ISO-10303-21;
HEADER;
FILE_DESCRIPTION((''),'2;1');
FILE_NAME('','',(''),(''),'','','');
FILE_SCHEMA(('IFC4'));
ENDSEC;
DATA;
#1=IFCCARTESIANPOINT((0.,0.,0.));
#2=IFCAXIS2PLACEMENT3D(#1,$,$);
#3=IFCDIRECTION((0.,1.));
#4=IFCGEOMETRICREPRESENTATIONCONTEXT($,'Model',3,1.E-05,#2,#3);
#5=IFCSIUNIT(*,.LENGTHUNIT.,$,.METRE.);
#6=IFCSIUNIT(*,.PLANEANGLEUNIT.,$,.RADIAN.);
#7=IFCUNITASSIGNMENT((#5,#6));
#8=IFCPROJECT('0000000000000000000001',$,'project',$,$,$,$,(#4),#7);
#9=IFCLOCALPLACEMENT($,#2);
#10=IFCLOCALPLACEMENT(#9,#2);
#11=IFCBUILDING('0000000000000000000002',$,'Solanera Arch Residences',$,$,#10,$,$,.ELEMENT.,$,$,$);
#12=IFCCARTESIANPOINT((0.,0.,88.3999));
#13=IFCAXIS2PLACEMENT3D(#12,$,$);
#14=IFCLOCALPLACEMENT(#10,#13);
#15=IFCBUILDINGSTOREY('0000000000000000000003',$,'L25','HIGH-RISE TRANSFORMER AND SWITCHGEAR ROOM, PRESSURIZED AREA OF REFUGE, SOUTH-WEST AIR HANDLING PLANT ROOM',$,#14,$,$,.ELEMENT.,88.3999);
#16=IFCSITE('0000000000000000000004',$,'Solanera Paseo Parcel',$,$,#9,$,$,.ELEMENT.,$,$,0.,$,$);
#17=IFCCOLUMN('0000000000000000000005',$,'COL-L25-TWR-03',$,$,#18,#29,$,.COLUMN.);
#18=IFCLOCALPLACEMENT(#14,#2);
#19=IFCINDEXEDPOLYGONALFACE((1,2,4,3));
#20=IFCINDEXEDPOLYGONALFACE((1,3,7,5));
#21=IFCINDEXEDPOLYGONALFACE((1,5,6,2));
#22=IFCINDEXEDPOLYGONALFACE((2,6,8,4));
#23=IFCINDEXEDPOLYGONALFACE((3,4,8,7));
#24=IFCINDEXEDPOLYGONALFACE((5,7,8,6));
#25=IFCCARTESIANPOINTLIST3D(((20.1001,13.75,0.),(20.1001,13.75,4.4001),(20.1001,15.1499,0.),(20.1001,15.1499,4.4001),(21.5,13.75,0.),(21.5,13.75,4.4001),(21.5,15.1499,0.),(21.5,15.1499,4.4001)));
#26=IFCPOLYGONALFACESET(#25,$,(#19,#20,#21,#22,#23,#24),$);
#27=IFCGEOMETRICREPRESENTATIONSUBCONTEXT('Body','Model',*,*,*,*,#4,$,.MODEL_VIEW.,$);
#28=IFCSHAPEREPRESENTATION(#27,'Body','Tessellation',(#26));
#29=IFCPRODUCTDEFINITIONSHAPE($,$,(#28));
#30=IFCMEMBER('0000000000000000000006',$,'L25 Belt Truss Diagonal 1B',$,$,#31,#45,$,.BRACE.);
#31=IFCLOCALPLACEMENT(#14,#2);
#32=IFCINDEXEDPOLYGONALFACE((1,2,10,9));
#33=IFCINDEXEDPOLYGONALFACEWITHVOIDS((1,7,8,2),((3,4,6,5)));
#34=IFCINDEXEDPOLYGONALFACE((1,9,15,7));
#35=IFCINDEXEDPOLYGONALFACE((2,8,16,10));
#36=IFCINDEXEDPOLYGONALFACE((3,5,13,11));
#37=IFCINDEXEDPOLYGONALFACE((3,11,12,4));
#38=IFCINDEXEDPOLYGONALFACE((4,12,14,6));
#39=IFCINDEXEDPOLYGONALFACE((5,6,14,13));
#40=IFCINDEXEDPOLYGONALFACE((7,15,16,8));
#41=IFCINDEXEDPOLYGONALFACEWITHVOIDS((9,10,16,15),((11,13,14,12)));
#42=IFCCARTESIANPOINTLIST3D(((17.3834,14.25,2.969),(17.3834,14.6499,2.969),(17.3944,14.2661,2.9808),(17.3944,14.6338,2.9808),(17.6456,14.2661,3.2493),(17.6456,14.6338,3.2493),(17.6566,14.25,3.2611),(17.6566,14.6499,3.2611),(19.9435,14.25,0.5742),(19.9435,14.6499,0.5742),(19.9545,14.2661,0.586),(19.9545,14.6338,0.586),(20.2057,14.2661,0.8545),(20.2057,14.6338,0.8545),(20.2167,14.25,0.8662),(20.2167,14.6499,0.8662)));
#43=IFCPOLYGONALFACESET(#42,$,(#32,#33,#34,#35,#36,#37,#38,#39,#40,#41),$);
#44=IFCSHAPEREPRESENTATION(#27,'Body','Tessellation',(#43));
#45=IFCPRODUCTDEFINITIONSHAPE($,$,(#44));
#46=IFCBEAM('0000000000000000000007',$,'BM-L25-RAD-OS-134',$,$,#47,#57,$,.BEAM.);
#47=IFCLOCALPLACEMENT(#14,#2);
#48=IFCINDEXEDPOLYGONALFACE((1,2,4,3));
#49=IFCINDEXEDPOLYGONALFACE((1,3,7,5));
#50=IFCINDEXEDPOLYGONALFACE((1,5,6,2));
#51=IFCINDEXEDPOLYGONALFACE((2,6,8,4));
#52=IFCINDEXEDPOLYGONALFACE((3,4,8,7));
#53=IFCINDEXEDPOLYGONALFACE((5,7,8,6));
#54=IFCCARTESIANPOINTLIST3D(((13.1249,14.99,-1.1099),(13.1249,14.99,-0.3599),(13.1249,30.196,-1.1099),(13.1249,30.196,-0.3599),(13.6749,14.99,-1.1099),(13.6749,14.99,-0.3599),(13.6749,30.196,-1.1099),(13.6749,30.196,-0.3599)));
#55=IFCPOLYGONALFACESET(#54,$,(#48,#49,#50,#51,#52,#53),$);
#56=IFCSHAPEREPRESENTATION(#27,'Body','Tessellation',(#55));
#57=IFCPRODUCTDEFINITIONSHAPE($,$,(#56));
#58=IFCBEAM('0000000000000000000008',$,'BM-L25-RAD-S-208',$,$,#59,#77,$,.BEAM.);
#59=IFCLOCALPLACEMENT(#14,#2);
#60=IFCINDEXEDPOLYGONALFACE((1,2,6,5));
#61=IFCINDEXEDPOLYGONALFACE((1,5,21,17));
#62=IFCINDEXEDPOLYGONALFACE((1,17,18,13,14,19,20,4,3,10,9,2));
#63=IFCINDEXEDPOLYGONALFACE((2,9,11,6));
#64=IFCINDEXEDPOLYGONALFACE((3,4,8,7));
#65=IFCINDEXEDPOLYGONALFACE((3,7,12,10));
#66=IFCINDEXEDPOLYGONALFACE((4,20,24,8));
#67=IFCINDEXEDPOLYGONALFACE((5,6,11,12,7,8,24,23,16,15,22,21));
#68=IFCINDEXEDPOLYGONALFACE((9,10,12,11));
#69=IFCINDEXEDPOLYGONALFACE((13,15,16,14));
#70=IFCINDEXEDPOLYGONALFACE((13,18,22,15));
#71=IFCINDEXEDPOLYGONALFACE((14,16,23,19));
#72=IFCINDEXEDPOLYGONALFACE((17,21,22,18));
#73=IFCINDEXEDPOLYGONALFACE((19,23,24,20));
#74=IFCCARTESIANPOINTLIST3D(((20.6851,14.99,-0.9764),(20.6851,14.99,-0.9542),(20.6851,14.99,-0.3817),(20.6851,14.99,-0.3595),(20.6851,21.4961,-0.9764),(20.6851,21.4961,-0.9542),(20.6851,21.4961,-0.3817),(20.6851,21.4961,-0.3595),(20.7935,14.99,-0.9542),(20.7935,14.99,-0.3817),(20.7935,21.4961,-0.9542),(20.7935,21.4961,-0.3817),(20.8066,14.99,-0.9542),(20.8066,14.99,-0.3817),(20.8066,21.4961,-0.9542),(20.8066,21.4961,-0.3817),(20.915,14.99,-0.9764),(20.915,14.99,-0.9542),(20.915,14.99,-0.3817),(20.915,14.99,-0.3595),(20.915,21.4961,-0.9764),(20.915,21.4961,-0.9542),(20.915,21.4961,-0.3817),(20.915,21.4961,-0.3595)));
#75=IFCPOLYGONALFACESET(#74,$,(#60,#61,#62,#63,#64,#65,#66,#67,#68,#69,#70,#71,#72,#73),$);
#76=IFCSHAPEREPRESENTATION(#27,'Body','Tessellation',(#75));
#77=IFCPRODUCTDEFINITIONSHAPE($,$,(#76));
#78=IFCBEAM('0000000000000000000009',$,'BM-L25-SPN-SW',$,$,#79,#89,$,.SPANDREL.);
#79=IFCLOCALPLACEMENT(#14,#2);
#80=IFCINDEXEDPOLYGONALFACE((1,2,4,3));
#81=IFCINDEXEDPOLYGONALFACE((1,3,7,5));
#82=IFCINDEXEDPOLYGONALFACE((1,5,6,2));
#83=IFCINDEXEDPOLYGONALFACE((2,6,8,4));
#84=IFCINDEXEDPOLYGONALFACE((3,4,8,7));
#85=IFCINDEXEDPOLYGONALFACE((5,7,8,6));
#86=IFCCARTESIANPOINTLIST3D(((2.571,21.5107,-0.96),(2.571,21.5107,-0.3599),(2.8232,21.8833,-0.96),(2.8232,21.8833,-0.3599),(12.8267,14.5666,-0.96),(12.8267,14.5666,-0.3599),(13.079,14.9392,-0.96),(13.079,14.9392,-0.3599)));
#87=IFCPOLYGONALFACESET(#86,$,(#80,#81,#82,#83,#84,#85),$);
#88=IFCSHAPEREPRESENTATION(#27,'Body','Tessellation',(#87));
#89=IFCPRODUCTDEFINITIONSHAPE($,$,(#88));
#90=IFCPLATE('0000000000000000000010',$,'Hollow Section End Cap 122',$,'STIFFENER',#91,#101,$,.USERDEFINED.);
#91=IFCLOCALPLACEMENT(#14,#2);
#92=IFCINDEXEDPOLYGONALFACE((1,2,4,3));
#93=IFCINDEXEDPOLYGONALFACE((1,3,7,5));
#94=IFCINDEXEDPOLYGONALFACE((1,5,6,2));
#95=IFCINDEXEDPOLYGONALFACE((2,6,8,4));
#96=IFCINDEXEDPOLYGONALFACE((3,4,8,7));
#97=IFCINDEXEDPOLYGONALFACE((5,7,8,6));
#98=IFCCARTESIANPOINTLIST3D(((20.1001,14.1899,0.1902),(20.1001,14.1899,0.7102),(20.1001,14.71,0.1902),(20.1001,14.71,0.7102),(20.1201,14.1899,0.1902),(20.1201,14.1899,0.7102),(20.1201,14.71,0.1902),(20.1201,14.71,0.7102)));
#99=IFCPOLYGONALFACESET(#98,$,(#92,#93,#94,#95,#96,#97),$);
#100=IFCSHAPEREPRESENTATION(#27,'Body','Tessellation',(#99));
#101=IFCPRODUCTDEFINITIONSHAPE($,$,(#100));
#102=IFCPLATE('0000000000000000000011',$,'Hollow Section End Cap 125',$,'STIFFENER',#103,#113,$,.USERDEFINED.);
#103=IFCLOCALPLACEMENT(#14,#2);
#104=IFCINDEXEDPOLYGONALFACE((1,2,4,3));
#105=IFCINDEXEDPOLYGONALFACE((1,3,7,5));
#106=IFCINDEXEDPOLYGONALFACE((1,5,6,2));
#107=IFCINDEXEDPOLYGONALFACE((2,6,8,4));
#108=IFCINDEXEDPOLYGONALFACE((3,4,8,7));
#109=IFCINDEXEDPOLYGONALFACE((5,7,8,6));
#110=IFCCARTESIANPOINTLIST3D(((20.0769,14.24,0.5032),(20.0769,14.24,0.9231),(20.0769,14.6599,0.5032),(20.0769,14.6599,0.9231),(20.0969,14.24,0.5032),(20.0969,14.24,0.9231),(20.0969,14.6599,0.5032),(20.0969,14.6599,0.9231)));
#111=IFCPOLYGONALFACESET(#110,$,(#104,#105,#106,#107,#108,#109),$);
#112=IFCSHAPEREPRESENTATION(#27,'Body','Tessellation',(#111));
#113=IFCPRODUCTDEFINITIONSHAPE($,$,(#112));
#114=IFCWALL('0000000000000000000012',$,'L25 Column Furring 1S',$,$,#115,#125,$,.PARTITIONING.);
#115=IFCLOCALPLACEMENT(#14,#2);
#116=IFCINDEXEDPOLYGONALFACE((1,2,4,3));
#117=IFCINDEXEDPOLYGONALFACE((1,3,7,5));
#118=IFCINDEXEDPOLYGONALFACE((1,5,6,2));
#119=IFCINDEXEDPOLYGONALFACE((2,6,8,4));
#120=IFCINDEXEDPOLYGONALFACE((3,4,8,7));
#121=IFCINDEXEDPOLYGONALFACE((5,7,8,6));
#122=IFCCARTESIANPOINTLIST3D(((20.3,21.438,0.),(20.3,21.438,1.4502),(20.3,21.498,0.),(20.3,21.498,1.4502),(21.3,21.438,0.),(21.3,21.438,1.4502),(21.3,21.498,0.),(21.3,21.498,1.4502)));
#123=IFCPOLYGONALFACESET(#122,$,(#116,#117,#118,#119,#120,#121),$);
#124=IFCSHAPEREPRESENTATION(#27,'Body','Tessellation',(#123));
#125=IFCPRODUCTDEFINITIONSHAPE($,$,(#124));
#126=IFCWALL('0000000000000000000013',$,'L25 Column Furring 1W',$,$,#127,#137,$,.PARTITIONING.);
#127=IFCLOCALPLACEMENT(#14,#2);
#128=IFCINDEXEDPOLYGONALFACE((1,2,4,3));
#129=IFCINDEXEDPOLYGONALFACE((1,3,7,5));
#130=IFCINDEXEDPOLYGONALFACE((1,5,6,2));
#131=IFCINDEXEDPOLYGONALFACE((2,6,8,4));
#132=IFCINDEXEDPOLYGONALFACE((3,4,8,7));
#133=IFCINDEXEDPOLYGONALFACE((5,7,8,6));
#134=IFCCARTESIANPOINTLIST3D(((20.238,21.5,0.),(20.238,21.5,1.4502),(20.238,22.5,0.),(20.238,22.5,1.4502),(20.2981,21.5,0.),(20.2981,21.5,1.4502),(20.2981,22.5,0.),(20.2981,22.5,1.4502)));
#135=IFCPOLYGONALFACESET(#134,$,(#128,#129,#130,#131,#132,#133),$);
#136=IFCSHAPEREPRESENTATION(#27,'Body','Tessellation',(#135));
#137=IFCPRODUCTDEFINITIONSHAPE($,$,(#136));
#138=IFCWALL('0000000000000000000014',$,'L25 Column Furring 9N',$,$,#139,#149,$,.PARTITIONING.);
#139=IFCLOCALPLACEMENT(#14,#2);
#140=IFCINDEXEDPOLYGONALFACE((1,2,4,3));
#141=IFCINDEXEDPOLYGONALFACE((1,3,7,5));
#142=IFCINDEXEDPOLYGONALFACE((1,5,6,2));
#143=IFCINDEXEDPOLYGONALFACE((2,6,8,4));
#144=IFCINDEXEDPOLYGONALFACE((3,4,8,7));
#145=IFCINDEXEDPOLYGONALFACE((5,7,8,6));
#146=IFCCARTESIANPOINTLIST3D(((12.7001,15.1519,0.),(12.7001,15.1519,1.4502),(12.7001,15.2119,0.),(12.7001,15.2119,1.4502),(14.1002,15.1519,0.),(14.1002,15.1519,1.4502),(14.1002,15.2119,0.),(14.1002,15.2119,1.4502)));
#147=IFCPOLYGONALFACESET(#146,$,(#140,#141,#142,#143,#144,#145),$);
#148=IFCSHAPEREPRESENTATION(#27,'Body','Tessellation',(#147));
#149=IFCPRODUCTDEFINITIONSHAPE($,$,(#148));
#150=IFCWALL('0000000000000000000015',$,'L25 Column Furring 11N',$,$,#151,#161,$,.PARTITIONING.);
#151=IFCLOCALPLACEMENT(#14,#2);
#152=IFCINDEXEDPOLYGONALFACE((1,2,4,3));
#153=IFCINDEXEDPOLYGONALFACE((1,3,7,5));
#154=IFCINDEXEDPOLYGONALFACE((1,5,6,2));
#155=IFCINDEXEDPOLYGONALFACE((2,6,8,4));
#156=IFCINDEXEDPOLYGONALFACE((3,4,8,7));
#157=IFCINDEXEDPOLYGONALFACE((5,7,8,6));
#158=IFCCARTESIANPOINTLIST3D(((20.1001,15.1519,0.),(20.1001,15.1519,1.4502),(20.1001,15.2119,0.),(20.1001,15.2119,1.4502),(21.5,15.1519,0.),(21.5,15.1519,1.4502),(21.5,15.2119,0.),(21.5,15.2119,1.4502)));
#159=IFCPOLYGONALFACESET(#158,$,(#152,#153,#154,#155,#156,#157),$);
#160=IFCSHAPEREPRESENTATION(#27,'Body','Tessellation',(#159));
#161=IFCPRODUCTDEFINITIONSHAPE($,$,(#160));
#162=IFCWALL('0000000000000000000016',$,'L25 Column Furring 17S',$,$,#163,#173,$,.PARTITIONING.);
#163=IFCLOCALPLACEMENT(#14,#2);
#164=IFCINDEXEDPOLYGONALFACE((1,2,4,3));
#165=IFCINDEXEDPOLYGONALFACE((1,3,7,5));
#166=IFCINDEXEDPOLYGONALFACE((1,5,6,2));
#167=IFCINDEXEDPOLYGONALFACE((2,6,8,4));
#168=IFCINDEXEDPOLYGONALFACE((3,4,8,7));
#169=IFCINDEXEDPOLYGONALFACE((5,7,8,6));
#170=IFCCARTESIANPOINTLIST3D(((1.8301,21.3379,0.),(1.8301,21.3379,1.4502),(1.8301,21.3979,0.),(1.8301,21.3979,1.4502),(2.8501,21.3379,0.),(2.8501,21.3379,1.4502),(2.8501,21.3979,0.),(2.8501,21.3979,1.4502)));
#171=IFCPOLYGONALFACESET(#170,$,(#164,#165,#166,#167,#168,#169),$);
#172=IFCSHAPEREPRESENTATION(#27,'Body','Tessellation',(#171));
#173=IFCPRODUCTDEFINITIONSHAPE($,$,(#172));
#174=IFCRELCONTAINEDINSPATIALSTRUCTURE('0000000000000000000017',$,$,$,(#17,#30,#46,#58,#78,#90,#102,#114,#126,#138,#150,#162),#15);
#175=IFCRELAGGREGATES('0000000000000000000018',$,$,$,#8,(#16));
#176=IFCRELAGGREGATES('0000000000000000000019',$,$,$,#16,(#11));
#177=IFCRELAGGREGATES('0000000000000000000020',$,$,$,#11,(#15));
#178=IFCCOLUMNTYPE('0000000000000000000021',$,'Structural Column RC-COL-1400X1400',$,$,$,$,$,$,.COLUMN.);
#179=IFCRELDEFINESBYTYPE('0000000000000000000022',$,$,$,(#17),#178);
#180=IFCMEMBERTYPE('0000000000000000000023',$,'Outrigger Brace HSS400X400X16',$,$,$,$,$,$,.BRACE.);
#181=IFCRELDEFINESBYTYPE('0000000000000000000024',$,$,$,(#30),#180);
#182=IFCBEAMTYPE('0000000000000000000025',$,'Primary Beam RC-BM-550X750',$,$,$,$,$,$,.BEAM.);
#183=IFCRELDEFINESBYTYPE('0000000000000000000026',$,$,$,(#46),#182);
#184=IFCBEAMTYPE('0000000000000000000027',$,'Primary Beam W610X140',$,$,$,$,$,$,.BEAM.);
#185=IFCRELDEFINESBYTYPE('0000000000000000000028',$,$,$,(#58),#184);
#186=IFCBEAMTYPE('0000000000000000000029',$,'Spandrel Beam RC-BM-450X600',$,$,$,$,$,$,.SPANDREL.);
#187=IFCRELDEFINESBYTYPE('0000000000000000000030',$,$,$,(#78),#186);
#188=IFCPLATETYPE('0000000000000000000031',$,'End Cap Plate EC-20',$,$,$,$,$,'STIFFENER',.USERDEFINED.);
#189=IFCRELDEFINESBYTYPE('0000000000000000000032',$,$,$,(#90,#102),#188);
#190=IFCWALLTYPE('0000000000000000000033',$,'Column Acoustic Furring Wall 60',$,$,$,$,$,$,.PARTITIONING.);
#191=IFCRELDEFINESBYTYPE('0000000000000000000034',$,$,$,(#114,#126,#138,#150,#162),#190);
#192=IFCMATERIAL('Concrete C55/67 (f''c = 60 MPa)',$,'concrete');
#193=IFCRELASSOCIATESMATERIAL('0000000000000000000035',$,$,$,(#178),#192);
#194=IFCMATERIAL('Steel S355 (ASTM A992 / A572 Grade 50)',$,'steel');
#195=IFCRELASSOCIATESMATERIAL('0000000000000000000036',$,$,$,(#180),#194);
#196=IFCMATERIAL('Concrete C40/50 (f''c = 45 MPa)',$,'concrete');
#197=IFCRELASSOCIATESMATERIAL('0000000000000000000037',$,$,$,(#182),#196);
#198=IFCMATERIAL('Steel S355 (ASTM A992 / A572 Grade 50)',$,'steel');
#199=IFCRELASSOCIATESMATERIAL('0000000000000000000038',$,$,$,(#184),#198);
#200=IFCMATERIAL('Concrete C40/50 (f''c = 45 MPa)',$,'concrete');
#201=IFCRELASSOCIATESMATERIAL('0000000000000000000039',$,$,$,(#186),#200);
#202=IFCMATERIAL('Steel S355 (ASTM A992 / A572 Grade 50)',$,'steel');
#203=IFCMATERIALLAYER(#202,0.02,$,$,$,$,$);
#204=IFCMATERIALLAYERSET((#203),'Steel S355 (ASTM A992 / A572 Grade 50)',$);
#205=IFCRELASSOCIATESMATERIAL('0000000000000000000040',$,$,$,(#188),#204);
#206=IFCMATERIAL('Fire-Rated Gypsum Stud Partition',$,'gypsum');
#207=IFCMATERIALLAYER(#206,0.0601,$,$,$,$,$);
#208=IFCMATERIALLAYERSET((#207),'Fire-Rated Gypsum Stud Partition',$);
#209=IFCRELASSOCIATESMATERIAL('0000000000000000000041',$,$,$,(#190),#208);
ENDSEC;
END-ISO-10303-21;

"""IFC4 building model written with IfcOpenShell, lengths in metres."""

from ifc_helpers import new_model, si_unit, direction, frame, frame_2d, origin, origin_2d, place, context, subcontext, project, spatial, rectangle, hollow_rectangle, i_section, extrude, material, layer, layer_set, material_profile, profile_set, type_object, element, save


model = new_model("IFC4")

# Units and contexts
model_context = context("Model", 3, precision=1e-05, world=origin(), true_north=direction((0.0, 1.0)))
body_context = subcontext(model_context, "Body", "Model", "MODEL_VIEW")
ifc_project = project(units=[si_unit("LENGTHUNIT", "METRE"), si_unit("PLANEANGLEUNIT", "RADIAN")], contexts=[model_context])

# Site, building, storey
site_placement = place(None, origin())
site = spatial("IfcSite", under=ifc_project, at=site_placement, Name="Solanera Paseo Parcel", CompositionType="ELEMENT", RefElevation=0.0)
building_placement = place(site_placement, origin())
building = spatial("IfcBuilding", under=site, at=building_placement, Name="Solanera Arch Residences", CompositionType="ELEMENT")
storey_placement = place(building_placement, frame((0.0, 0.0, 88.3999)))
storey = spatial("IfcBuildingStorey", under=building, at=storey_placement, Name="L25", Description="HIGH-RISE TRANSFORMER AND SWITCHGEAR ROOM, PRESSURIZED AREA OF REFUGE, SOUTH-WEST AIR HANDLING PLANT ROOM", CompositionType="ELEMENT", Elevation=88.3999)

# Column
ifc_material_1 = material(Name="Concrete C55/67 (f'c = 60 MPa)", Category="concrete")
ifc_material_profile_1 = material_profile(ifc_material_1, rectangle(XDim=1.3999, YDim=1.3999, at=origin_2d()))
ifc_profile_set_1 = profile_set([ifc_material_profile_1], Name="Concrete C55/67 (f'c = 60 MPa)")
column_type = type_object("IfcColumnType", Name="Structural Column RC-COL-1400X1400", PredefinedType="COLUMN", material=ifc_profile_set_1)
column_placement = place(storey_placement, frame((20.8, 14.45, 0.0), z_axis=(0.0, 0.0, 1.0), x_axis=(1.0, 0.0, 0.0)))
element("IfcColumn", 1, at=column_placement, inside=storey, type_object=column_type, Name="COL-L25-TWR-03", PredefinedType="COLUMN", context=body_context, shape_type="SweptSolid", body=[
    extrude(rectangle(XDim=1.3999, YDim=1.3999, at=origin_2d()), origin(), (0.0, 0.0, 1.0), 4.4001),
])

# Member
ifc_material_2 = material(Name="Steel S355 (ASTM A992 / A572 Grade 50)", Category="steel")
ifc_material_profile_2 = material_profile(ifc_material_2, hollow_rectangle(XDim=0.3999, YDim=0.3999, WallThickness=0.0161, at=origin_2d()))
ifc_profile_set_2 = profile_set([ifc_material_profile_2], Name="Steel S355 (ASTM A992 / A572 Grade 50)")
member_type = type_object("IfcMemberType", Name="Outrigger Brace HSS400X400X16", PredefinedType="BRACE", material=ifc_profile_set_2)
member_placement = place(storey_placement, frame((20.0801, 14.45, 0.7202), z_axis=(-0.730288, 0.0, 0.683139), x_axis=(0.0, -1.0, 0.0)))
element("IfcMember", 2, at=member_placement, inside=storey, type_object=member_type, Name="L25 Belt Truss Diagonal 1B", PredefinedType="BRACE", context=body_context, shape_type="SweptSolid", body=[
    extrude(hollow_rectangle(XDim=0.3999, YDim=0.3999, WallThickness=0.0161, at=origin_2d()), origin(), (0.0, 0.0, 1.0), 3.5056),
])

# Beams
ifc_material_3 = material(Name="Concrete C40/50 (f'c = 45 MPa)", Category="concrete")
ifc_material_profile_3 = material_profile(ifc_material_3, rectangle(XDim=0.55, YDim=0.75, at=origin_2d()))
ifc_profile_set_3 = profile_set([ifc_material_profile_3], Name="Concrete C40/50 (f'c = 45 MPa)")
beam_type_1 = type_object("IfcBeamType", Name="Primary Beam RC-BM-550X750", PredefinedType="BEAM", material=ifc_profile_set_3)
beam_1_placement = place(storey_placement, frame((13.3999, 14.99, -0.7349), z_axis=(0.0, 1.0, 0.0), x_axis=(-1.0, 0.0, 0.0)))
element("IfcBeam", 3, at=beam_1_placement, inside=storey, type_object=beam_type_1, Name="BM-L25-RAD-OS-134", PredefinedType="BEAM", context=body_context, shape_type="SweptSolid", body=[
    extrude(rectangle(XDim=0.55, YDim=0.75, at=origin_2d()), origin(), (0.0, 0.0, 1.0), 15.2061),
])
ifc_material_4 = material(Name="Steel S355 (ASTM A992 / A572 Grade 50)", Category="steel")
ifc_material_profile_4 = material_profile(ifc_material_4, i_section(OverallWidth=0.23, OverallDepth=0.6169, WebThickness=0.0132, FlangeThickness=0.0222, at=origin_2d()))
ifc_profile_set_4 = profile_set([ifc_material_profile_4], Name="Steel S355 (ASTM A992 / A572 Grade 50)")
beam_type_2 = type_object("IfcBeamType", Name="Primary Beam W610X140", PredefinedType="BEAM", material=ifc_profile_set_4)
beam_2_placement = place(storey_placement, frame((20.8, 14.99, -0.668), z_axis=(0.0, 1.0, 0.0), x_axis=(-1.0, 0.0, 0.0)))
element("IfcBeam", 4, at=beam_2_placement, inside=storey, type_object=beam_type_2, Name="BM-L25-RAD-S-208", PredefinedType="BEAM", context=body_context, shape_type="SweptSolid", body=[
    extrude(i_section(OverallWidth=0.23, OverallDepth=0.6169, WebThickness=0.0132, FlangeThickness=0.0222, at=origin_2d()), origin(), (0.0, 0.0, 1.0), 6.5061),
])
ifc_material_5 = material(Name="Concrete C40/50 (f'c = 45 MPa)", Category="concrete")
ifc_material_profile_5 = material_profile(ifc_material_5, rectangle(XDim=0.45, YDim=0.6001, at=origin_2d()))
ifc_profile_set_5 = profile_set([ifc_material_profile_5], Name="Concrete C40/50 (f'c = 45 MPa)")
beam_type_3 = type_object("IfcBeamType", Name="Spandrel Beam RC-BM-450X600", PredefinedType="SPANDREL", material=ifc_profile_set_5)
beam_3_placement = place(storey_placement, frame((12.9529, 14.7529, -0.6599), z_axis=(-0.828047, 0.560659, 0.0), x_axis=(-0.560659, -0.828047, 0.0)))
element("IfcBeam", 5, at=beam_3_placement, inside=storey, type_object=beam_type_3, Name="BM-L25-SPN-SW", PredefinedType="SPANDREL", context=body_context, shape_type="SweptSolid", body=[
    extrude(rectangle(XDim=0.45, YDim=0.6001, at=origin_2d()), origin(), (0.0, 0.0, 1.0), 12.3855),
])

# Plates
ifc_material_6 = material(Name="Steel S355 (ASTM A992 / A572 Grade 50)", Category="steel")
ifc_layer_1 = layer(ifc_material_6, 0.02)
ifc_layer_set_1 = layer_set([ifc_layer_1], Name="Steel S355 (ASTM A992 / A572 Grade 50)")
plate_type = type_object("IfcPlateType", Name="End Cap Plate EC-20", ElementType="STIFFENER", PredefinedType="USERDEFINED", material=ifc_layer_set_1)
plate_1_placement = place(storey_placement, frame((20.1101, 14.45, 0.1902), z_axis=(0.0, 0.0, 1.0), x_axis=(1.0, 0.0, 0.0)))
element("IfcPlate", 6, at=plate_1_placement, inside=storey, type_object=plate_type, Name="Hollow Section End Cap 122", ObjectType="STIFFENER", PredefinedType="USERDEFINED", context=body_context, shape_type="SweptSolid", body=[
    extrude(rectangle(XDim=0.02, YDim=0.52, at=origin_2d()), origin(), (0.0, 0.0, 1.0), 0.52),
])
plate_2_placement = place(storey_placement, frame((20.0869, 14.45, 0.5032), z_axis=(0.0, 0.0, 1.0), x_axis=(1.0, 0.0, 0.0)))
element("IfcPlate", 7, at=plate_2_placement, inside=storey, type_object=plate_type, Name="Hollow Section End Cap 125", ObjectType="STIFFENER", PredefinedType="USERDEFINED", context=body_context, shape_type="SweptSolid", body=[
    extrude(rectangle(XDim=0.02, YDim=0.4199, at=origin_2d()), origin(), (0.0, 0.0, 1.0), 0.4199),
])

# Walls
ifc_material_7 = material(Name="Fire-Rated Gypsum Stud Partition", Category="gypsum")
ifc_layer_2 = layer(ifc_material_7, 0.0601)
ifc_layer_set_2 = layer_set([ifc_layer_2], Name="Fire-Rated Gypsum Stud Partition")
wall_type_1 = type_object("IfcWallType", Name="Column Acoustic Furring Wall 60", PredefinedType="PARTITIONING", material=ifc_layer_set_2)
for number, where, z_axis, x_axis, name in (
    (8, (20.3, 21.468, 0.0), (0.0, 0.0, 1.0), (1.0, 0.0, 0.0), "L25 Column Furring 1S"),
    (9, (20.2681, 21.5, 0.0), (0.0, 0.0, 1.0), (0.0, 1.0, 0.0), "L25 Column Furring 1W"),
):
    element("IfcWall", number, at=place(storey_placement, frame(where, z_axis=z_axis, x_axis=x_axis)), inside=storey, type_object=wall_type_1, Name=name, PredefinedType="PARTITIONING", context=body_context, shape_type="SweptSolid", body=[
        extrude(rectangle(XDim=1.0, YDim=0.0601, at=frame_2d((0.5, 0.0))), origin(), (0.0, 0.0, 1.0), 1.4502),
    ])
wall_1_placement = place(storey_placement, frame((12.7, 15.1819, 0.0), z_axis=(0.0, 0.0, 1.0), x_axis=(1.0, 0.0, 0.0)))
element("IfcWall", 10, at=wall_1_placement, inside=storey, type_object=wall_type_1, Name="L25 Column Furring 9N", PredefinedType="PARTITIONING", context=body_context, shape_type="SweptSolid", body=[
    extrude(rectangle(XDim=1.4001, YDim=0.0601, at=frame_2d((0.7002, 0.0))), origin(), (0.0, 0.0, 1.0), 1.4502),
])
wall_2_placement = place(storey_placement, frame((20.1001, 15.1819, 0.0), z_axis=(0.0, 0.0, 1.0), x_axis=(1.0, 0.0, 0.0)))
element("IfcWall", 11, at=wall_2_placement, inside=storey, type_object=wall_type_1, Name="L25 Column Furring 11N", PredefinedType="PARTITIONING", context=body_context, shape_type="SweptSolid", body=[
    extrude(rectangle(XDim=1.3999, YDim=0.0601, at=frame_2d((0.7, 0.0))), origin(), (0.0, 0.0, 1.0), 1.4502),
])
wall_3_placement = place(storey_placement, frame((1.8301, 21.3679, 0.0), z_axis=(0.0, 0.0, 1.0), x_axis=(1.0, 0.0, 0.0)))
element("IfcWall", 12, at=wall_3_placement, inside=storey, type_object=wall_type_1, Name="L25 Column Furring 17S", PredefinedType="PARTITIONING", context=body_context, shape_type="SweptSolid", body=[
    extrude(rectangle(XDim=1.02, YDim=0.0601, at=frame_2d((0.51, 0.0))), origin(), (0.0, 0.0, 1.0), 1.4502),
])

save(model, "model.ifc")
